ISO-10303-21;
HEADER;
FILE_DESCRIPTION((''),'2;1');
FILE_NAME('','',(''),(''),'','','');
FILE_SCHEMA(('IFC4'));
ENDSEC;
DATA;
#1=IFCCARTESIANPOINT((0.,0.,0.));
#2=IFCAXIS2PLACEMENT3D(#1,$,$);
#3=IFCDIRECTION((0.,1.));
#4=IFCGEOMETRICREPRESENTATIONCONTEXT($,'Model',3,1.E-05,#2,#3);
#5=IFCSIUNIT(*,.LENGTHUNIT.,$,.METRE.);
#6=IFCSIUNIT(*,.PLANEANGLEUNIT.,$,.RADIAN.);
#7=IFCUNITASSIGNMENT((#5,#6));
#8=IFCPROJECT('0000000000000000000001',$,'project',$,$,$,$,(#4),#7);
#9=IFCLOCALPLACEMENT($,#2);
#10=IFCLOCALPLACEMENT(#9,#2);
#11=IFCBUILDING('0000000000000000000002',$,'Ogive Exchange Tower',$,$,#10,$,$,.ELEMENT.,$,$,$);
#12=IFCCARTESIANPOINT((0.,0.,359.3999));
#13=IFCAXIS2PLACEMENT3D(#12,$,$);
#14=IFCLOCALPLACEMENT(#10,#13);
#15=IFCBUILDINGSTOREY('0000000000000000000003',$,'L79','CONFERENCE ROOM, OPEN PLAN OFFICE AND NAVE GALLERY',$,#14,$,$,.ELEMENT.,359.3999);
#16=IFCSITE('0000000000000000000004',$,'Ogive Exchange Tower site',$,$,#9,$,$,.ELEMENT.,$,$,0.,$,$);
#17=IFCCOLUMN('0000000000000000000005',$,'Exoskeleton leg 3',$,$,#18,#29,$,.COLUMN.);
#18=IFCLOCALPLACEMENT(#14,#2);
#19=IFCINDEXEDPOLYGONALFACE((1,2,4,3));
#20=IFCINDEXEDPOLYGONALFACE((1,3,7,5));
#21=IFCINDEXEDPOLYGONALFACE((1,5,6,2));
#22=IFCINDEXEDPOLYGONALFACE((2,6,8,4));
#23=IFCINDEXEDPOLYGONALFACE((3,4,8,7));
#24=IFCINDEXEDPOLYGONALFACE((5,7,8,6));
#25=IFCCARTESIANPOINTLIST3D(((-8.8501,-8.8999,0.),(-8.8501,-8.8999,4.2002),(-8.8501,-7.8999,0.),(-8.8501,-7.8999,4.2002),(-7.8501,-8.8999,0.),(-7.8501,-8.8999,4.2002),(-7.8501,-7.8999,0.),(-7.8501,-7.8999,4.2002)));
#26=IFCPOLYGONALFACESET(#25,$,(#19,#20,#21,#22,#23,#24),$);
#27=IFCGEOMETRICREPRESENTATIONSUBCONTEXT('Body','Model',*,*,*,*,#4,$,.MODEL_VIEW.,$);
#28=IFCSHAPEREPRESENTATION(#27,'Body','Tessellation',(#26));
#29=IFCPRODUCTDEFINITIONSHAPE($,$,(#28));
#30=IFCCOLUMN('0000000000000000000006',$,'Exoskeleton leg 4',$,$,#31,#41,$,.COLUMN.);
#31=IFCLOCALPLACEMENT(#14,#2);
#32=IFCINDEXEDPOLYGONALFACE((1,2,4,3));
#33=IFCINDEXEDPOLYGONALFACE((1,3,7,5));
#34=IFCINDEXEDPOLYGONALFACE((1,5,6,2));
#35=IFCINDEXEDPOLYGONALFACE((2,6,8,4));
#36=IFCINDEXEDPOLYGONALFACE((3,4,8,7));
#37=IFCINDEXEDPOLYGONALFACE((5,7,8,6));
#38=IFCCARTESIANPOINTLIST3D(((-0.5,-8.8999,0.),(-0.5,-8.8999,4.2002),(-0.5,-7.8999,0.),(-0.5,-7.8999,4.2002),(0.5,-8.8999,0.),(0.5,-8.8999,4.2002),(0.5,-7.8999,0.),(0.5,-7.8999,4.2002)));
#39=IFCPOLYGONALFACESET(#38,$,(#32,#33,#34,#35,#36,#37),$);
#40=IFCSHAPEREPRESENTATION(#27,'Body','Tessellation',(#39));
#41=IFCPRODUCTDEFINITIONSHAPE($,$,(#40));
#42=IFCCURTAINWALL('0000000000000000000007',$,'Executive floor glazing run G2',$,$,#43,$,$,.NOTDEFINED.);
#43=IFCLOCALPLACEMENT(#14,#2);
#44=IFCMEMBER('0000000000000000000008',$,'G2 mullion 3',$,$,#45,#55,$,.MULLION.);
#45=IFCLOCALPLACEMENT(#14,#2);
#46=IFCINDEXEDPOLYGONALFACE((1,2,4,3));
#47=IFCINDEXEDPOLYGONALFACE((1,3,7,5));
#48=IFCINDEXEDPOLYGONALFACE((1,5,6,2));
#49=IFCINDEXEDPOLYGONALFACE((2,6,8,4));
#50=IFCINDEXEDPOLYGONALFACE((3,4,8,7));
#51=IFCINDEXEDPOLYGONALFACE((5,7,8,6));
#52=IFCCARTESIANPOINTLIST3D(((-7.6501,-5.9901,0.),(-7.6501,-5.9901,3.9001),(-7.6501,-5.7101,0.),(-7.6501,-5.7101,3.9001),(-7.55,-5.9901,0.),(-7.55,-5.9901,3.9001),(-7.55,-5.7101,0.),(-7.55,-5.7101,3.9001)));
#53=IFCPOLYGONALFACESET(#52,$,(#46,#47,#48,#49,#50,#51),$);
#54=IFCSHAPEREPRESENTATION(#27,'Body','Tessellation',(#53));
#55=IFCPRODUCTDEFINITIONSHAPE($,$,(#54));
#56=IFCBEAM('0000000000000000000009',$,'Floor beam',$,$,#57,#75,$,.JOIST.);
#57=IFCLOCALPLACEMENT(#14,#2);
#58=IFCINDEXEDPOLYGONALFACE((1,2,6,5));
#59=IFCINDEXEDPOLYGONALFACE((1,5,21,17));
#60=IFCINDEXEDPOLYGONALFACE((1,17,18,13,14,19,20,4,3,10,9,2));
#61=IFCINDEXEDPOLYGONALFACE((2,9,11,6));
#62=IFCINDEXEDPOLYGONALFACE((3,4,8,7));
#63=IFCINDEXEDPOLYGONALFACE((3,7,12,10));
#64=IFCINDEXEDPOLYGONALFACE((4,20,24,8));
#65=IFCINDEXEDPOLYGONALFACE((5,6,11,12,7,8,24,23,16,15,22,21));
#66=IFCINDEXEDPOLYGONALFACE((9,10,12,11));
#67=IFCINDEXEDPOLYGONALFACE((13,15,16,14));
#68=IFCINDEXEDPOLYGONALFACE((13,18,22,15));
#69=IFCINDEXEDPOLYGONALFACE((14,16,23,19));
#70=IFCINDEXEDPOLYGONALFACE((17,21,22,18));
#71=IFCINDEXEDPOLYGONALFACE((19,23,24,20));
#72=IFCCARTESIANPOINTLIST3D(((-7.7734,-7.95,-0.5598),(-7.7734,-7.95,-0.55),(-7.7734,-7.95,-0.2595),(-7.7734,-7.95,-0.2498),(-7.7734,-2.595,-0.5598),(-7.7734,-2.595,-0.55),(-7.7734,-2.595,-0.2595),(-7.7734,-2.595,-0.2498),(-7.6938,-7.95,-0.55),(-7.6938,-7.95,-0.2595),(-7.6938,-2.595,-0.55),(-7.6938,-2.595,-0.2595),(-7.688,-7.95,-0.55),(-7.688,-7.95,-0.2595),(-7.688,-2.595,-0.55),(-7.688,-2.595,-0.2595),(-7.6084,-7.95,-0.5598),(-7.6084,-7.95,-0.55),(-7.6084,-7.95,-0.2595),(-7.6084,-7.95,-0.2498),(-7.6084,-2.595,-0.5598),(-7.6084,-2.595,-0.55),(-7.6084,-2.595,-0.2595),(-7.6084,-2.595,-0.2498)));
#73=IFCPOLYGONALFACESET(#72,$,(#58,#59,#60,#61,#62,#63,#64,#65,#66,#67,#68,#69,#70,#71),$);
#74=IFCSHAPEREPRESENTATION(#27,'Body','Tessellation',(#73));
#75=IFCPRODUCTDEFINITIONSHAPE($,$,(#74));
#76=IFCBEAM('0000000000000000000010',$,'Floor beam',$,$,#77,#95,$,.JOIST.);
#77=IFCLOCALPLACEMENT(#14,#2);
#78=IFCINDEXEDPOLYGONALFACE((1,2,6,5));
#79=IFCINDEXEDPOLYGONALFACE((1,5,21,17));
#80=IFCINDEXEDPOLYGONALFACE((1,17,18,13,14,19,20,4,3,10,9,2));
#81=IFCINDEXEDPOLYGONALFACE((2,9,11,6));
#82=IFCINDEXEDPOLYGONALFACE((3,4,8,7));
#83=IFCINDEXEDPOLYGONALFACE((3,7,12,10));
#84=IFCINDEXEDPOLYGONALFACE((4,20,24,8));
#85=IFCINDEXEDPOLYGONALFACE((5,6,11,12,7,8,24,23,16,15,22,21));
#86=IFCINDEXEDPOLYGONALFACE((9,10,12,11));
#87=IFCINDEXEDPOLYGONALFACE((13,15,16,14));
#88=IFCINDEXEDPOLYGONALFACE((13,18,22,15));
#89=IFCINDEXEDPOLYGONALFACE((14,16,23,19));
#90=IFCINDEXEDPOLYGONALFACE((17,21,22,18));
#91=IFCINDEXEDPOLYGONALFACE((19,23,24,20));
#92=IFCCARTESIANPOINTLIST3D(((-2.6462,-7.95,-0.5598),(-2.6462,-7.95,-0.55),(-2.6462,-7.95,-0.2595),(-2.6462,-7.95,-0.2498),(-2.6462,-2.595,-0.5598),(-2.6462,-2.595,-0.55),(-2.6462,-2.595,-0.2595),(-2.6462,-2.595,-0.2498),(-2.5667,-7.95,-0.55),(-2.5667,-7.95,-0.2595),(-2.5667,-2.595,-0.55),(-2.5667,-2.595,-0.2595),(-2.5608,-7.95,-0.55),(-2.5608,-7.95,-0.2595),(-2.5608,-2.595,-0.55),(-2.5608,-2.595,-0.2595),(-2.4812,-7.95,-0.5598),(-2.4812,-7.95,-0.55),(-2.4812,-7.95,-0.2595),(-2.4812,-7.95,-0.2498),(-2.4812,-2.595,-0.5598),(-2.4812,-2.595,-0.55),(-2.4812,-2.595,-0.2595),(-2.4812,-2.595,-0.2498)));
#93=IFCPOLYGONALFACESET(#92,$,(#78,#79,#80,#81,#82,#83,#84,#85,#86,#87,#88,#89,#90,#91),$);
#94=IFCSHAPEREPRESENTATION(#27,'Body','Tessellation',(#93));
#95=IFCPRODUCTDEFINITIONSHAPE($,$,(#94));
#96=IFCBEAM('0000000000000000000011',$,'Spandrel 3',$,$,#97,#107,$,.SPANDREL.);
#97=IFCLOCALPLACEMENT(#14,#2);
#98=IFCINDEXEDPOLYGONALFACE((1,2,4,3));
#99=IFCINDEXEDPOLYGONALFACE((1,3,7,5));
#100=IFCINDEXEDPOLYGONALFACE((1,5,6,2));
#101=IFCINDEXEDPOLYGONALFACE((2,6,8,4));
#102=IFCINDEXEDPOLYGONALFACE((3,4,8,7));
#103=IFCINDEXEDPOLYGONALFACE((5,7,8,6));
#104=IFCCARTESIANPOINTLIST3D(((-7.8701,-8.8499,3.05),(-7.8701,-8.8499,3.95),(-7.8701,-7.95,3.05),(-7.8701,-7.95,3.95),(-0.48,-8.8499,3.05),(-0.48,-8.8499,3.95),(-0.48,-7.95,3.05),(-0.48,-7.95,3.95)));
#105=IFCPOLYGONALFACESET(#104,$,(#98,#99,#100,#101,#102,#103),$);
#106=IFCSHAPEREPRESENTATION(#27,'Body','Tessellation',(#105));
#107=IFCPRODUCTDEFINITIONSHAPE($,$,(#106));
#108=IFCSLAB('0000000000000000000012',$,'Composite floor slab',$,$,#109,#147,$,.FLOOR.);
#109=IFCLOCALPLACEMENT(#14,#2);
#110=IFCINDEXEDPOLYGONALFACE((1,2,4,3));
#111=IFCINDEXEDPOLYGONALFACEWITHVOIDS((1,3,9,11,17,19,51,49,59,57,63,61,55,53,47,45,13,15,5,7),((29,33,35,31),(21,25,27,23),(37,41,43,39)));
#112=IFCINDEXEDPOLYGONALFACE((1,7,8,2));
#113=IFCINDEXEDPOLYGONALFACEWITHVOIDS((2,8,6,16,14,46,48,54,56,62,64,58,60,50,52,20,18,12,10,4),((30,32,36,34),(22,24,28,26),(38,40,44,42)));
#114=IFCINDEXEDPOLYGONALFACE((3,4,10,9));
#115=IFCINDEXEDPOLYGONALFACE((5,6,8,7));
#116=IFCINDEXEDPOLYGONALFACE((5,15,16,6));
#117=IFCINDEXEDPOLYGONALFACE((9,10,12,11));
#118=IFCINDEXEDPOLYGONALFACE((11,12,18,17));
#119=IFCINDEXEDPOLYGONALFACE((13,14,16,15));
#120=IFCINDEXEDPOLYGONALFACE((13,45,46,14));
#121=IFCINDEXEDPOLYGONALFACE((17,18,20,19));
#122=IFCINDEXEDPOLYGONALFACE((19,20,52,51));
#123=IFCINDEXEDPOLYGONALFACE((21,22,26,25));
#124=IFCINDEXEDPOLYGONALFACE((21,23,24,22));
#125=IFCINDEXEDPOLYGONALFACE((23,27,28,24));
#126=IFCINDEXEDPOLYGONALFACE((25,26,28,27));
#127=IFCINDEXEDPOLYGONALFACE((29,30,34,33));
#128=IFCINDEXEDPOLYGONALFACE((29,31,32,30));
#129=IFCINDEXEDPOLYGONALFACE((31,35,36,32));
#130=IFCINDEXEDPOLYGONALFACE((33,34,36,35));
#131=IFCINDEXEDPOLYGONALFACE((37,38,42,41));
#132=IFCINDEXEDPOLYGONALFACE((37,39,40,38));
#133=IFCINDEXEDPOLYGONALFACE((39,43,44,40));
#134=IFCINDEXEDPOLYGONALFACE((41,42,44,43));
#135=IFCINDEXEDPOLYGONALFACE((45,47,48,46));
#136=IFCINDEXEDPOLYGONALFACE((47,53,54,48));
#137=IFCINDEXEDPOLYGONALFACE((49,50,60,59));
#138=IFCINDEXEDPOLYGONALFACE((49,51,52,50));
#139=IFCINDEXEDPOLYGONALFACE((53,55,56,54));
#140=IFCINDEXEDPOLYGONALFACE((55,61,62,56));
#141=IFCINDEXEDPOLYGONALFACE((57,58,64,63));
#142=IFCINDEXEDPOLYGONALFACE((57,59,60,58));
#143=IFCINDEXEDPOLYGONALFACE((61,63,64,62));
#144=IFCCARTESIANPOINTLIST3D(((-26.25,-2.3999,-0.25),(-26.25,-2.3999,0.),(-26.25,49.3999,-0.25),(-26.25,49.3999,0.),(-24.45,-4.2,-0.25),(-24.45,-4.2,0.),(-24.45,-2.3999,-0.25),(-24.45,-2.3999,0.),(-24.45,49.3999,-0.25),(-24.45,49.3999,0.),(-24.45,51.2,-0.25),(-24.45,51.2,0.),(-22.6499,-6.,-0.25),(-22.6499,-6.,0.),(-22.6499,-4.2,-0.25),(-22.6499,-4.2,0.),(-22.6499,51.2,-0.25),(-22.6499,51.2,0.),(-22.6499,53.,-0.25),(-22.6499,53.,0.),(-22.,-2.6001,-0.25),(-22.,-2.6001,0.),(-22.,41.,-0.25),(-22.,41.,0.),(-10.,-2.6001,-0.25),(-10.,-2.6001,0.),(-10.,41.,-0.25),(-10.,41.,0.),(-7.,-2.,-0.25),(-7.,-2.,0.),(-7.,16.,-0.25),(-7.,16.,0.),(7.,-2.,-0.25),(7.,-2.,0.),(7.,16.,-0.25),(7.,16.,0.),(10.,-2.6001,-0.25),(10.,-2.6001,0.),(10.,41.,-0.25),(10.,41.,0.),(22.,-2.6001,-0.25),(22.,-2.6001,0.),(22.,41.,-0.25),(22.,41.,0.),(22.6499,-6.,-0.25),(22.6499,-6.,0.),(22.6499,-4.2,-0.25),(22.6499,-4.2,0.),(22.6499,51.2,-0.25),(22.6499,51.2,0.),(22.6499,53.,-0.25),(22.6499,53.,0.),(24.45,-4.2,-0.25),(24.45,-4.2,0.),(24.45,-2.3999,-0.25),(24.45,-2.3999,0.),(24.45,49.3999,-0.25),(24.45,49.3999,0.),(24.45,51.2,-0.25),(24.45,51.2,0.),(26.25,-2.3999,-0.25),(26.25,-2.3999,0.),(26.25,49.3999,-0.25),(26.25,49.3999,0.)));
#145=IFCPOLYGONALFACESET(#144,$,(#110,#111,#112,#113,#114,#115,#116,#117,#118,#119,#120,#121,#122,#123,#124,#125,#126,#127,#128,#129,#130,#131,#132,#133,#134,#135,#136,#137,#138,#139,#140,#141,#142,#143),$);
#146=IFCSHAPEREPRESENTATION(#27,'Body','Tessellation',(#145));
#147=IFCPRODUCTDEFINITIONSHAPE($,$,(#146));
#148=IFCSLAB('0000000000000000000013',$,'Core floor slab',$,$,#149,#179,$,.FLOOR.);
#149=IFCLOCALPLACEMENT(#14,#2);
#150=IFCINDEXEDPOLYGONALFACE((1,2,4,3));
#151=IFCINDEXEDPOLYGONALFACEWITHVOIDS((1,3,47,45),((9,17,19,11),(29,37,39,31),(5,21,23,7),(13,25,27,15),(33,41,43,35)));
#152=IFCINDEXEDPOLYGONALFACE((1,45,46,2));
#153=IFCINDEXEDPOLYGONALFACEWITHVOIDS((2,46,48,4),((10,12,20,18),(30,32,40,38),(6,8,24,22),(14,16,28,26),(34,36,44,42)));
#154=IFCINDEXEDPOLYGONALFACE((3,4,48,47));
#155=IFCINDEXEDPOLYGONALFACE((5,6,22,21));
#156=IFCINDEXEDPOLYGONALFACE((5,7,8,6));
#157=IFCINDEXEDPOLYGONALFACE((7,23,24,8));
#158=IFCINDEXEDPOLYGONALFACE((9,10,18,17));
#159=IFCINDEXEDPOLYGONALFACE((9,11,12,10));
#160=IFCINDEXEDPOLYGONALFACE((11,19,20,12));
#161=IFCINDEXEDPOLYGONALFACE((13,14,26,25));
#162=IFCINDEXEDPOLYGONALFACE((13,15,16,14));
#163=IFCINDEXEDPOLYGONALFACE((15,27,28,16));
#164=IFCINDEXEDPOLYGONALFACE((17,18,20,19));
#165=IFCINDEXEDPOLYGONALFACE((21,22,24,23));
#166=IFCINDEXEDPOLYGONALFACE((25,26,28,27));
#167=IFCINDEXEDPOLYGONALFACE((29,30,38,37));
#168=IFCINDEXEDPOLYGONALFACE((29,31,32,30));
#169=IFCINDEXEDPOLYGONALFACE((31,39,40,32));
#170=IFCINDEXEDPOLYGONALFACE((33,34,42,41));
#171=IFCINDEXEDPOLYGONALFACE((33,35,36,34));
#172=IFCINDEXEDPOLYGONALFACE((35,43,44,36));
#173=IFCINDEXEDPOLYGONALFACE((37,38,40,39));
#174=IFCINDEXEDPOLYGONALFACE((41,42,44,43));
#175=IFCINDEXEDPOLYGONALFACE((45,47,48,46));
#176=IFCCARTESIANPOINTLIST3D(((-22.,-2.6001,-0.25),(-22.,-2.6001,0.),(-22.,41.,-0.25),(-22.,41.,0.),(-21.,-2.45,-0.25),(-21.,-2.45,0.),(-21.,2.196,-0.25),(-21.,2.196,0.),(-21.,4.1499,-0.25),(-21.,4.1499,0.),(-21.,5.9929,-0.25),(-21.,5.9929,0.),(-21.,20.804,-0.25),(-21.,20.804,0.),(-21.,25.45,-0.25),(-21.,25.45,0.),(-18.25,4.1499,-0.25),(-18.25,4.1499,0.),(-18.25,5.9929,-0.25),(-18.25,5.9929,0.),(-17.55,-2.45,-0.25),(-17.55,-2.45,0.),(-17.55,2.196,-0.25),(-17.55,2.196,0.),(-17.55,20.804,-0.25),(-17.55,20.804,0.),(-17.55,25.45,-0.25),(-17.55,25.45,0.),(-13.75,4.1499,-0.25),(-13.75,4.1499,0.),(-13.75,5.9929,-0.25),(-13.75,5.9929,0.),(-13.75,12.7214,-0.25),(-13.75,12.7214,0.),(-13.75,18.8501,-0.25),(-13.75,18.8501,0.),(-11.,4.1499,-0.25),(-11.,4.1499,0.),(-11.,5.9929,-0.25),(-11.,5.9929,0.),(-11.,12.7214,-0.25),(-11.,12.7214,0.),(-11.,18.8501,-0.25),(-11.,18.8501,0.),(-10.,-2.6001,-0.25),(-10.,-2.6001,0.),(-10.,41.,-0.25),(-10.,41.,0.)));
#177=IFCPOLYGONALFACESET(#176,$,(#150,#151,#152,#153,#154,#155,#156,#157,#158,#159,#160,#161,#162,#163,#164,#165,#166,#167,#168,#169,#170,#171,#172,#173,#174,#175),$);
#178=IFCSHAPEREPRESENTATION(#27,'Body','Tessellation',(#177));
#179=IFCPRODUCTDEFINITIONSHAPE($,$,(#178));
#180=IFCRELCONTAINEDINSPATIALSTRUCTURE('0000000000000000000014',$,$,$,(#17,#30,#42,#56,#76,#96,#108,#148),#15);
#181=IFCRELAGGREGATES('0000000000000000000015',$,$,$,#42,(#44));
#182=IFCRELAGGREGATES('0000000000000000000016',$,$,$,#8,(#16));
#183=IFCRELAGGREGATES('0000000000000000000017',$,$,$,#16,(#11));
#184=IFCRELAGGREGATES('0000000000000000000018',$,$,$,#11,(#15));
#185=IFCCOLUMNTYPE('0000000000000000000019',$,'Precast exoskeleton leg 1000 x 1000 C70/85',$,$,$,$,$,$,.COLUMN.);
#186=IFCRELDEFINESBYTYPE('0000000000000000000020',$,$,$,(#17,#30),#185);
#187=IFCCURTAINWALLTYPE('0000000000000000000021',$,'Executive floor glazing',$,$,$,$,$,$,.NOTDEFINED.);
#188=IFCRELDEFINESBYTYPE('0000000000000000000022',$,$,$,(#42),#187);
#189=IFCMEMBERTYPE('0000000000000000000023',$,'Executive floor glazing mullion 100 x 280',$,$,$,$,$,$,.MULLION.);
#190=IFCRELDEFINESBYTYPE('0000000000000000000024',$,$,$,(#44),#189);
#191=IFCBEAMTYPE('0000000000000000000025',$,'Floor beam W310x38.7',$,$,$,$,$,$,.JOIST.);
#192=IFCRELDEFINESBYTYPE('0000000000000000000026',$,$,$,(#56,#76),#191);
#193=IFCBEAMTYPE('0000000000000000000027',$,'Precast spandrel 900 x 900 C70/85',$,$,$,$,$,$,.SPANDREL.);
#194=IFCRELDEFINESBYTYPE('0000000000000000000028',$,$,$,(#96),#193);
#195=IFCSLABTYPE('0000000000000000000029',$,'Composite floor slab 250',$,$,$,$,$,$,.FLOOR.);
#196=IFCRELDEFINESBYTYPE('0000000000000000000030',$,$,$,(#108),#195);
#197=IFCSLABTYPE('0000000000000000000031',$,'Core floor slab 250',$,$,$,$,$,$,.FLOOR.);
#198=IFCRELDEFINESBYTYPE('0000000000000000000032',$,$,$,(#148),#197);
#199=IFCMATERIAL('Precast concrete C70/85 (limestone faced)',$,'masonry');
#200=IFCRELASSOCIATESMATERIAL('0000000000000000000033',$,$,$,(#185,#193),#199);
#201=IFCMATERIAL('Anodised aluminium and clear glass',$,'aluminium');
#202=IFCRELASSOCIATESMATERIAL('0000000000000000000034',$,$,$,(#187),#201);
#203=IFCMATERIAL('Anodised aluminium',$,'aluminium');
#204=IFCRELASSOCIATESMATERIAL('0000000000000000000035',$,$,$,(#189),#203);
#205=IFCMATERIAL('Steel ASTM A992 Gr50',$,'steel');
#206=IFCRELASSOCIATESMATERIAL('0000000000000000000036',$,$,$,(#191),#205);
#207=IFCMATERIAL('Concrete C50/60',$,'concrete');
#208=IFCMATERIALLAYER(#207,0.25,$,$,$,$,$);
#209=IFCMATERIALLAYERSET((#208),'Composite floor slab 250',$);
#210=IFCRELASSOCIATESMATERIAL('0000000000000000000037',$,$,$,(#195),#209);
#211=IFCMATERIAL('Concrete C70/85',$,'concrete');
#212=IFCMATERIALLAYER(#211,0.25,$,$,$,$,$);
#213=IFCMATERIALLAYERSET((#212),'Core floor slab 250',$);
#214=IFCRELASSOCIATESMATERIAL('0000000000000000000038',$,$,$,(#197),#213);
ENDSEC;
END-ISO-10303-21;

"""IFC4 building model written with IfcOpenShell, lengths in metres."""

from ifc_helpers import new_model, si_unit, direction, frame, origin, origin_2d, place, context, subcontext, project, spatial, polyline, rectangle, i_section, outline, extrude, material, layer, layer_set, material_profile, profile_set, type_object, element, aggregate, save


model = new_model("IFC4")

# Units and contexts
model_context = context("Model", 3, precision=1e-05, world=origin(), true_north=direction((0.0, 1.0)))
body_context = subcontext(model_context, "Body", "Model", "MODEL_VIEW")
ifc_project = project(units=[si_unit("LENGTHUNIT", "METRE"), si_unit("PLANEANGLEUNIT", "RADIAN")], contexts=[model_context])

# Site, building, storey
site_placement = place(None, origin())
site = spatial("IfcSite", under=ifc_project, at=site_placement, Name="Ogive Exchange Tower site", CompositionType="ELEMENT", RefElevation=0.0)
building_placement = place(site_placement, origin())
building = spatial("IfcBuilding", under=site, at=building_placement, Name="Ogive Exchange Tower", CompositionType="ELEMENT")
storey_placement = place(building_placement, frame((0.0, 0.0, 359.3999)))
storey = spatial("IfcBuildingStorey", under=building, at=storey_placement, Name="L79", Description="CONFERENCE ROOM, OPEN PLAN OFFICE AND NAVE GALLERY", CompositionType="ELEMENT", Elevation=359.3999)

# Columns
ifc_material_1 = material(Name="Precast concrete C70/85 (limestone faced)", Category="masonry")
ifc_material_profile_1 = material_profile(ifc_material_1, rectangle(XDim=1.0, YDim=1.0, at=origin_2d()), Name="1000 x 1000")
ifc_profile_set_1 = profile_set([ifc_material_profile_1], Name="Precast concrete C70/85 (limestone faced)")
column_type = type_object("IfcColumnType", Name="Precast exoskeleton leg 1000 x 1000 C70/85", PredefinedType="COLUMN", material=ifc_profile_set_1)
for number, where, z_axis, x_axis, name in (
    (1, (-8.3501, -8.3999, 0.0), (0.0, 0.0, 1.0), (1.0, 0.0, 0.0), "Exoskeleton leg 3"),
    (2, (0.0, -8.3999, 0.0), (0.0, 0.0, 1.0), (1.0, 0.0, 0.0), "Exoskeleton leg 4"),
):
    element("IfcColumn", number, at=place(storey_placement, frame(where, z_axis=z_axis, x_axis=x_axis)), inside=storey, type_object=column_type, Name=name, PredefinedType="COLUMN", context=body_context, shape_type="SweptSolid", body=[
        extrude(rectangle(XDim=1.0, YDim=1.0, at=origin_2d()), origin(), (0.0, 0.0, 1.0), 4.2002),
    ])

# Curtain wall, member
ifc_material_2 = material(Name="Anodised aluminium and clear glass", Category="aluminium")
curtain_wall_type = type_object("IfcCurtainWallType", Name="Executive floor glazing", PredefinedType="NOTDEFINED", material=ifc_material_2)
curtain_wall_placement = place(storey_placement, origin())
curtain_wall = element("IfcCurtainWall", 3, at=curtain_wall_placement, inside=storey, type_object=curtain_wall_type, Name="Executive floor glazing run G2", PredefinedType="NOTDEFINED")
ifc_material_3 = material(Name="Anodised aluminium", Category="aluminium")
ifc_material_profile_2 = material_profile(ifc_material_3, rectangle(XDim=0.28, YDim=0.1001, at=origin_2d()), Name="AL 100x280")
ifc_profile_set_2 = profile_set([ifc_material_profile_2], Name="Anodised aluminium")
member_type = type_object("IfcMemberType", Name="Executive floor glazing mullion 100 x 280", PredefinedType="MULLION", material=ifc_profile_set_2)
member_placement = place(storey_placement, frame((-7.6001, -5.8501, 0.0), z_axis=(0.0, 0.0, 1.0), x_axis=(0.0, 1.0, 0.0)))
member = element("IfcMember", 4, at=member_placement, type_object=member_type, Name="G2 mullion 3", PredefinedType="MULLION", context=body_context, shape_type="SweptSolid", body=[
    extrude(rectangle(XDim=0.28, YDim=0.1001, at=origin_2d()), origin(), (0.0, 0.0, 1.0), 3.9001),
])

# Beams
ifc_material_4 = material(Name="Steel ASTM A992 Gr50", Category="steel")
ifc_material_profile_3 = material_profile(ifc_material_4, i_section(OverallWidth=0.165, OverallDepth=0.3101, WebThickness=0.0059, FlangeThickness=0.0098, at=origin_2d()), Name="W310x38.7")
ifc_profile_set_3 = profile_set([ifc_material_profile_3], Name="Steel ASTM A992 Gr50")
beam_type_1 = type_object("IfcBeamType", Name="Floor beam W310x38.7", PredefinedType="JOIST", material=ifc_profile_set_3)
for number, where, z_axis, x_axis, name in (
    (5, (-7.6909, -7.95, -0.4048), (0.0, 1.0, 0.0), (-1.0, 0.0, 0.0), "Floor beam"),
    (6, (-2.5637, -7.95, -0.4048), (0.0, 1.0, 0.0), (-1.0, 0.0, 0.0), "Floor beam"),
):
    element("IfcBeam", number, at=place(storey_placement, frame(where, z_axis=z_axis, x_axis=x_axis)), inside=storey, type_object=beam_type_1, Name=name, PredefinedType="JOIST", context=body_context, shape_type="SweptSolid", body=[
        extrude(i_section(OverallWidth=0.165, OverallDepth=0.3101, WebThickness=0.0059, FlangeThickness=0.0098, at=origin_2d()), origin(), (0.0, 0.0, 1.0), 5.355),
    ])
ifc_material_profile_4 = material_profile(ifc_material_1, rectangle(XDim=0.8999, YDim=0.8999, at=origin_2d()), Name="900 x 900")
ifc_profile_set_4 = profile_set([ifc_material_profile_4], Name="Precast concrete C70/85 (limestone faced)")
beam_type_2 = type_object("IfcBeamType", Name="Precast spandrel 900 x 900 C70/85", PredefinedType="SPANDREL", material=ifc_profile_set_4)
beam_placement = place(storey_placement, frame((-7.8701, -8.3999, 3.5), z_axis=(1.0, 0.0, 0.0), x_axis=(0.0, 1.0, 0.0)))
element("IfcBeam", 7, at=beam_placement, inside=storey, type_object=beam_type_2, Name="Spandrel 3", PredefinedType="SPANDREL", context=body_context, shape_type="SweptSolid", body=[
    extrude(rectangle(XDim=0.8999, YDim=0.8999, at=origin_2d()), origin(), (0.0, 0.0, 1.0), 7.3901),
])

# Slabs
ifc_material_5 = material(Name="Concrete C50/60", Category="concrete")
ifc_layer_1 = layer(ifc_material_5, 0.25)
ifc_layer_set_1 = layer_set([ifc_layer_1], Name="Composite floor slab 250")
slab_type_1 = type_object("IfcSlabType", Name="Composite floor slab 250", PredefinedType="FLOOR", material=ifc_layer_set_1)
slab_1_placement = place(storey_placement, frame((0.0, 0.0, -0.25)))
element("IfcSlab", 8, at=slab_1_placement, inside=storey, type_object=slab_type_1, Name="Composite floor slab", PredefinedType="FLOOR", context=body_context, shape_type="SweptSolid", body=[
    extrude(outline(polyline([(-22.6499, -4.2), (-24.45, -4.2), (-24.45, -2.3999), (-26.25, -2.3999), (-26.25, 49.3999), (-24.45, 49.3999), (-24.45, 51.2), (-22.6499, 51.2), (-22.6499, 53.0), (22.6499, 53.0), (22.6499, 51.2), (24.45, 51.2), (24.45, 49.3999), (26.25, 49.3999), (26.25, -2.3999), (24.45, -2.3999), (24.45, -4.2), (22.6499, -4.2), (22.6499, -6.0), (-22.6499, -6.0), (-22.6499, -4.2)]), holes=[polyline([(7.0, -2.0), (7.0, 16.0), (-7.0, 16.0), (-7.0, -2.0), (7.0, -2.0)]), polyline([(-22.0, -2.6001), (-10.0, -2.6001), (-10.0, 41.0), (-22.0, 41.0), (-22.0, -2.6001)]), polyline([(10.0, -2.6001), (22.0, -2.6001), (22.0, 41.0), (10.0, 41.0), (10.0, -2.6001)])]), origin(), (0.0, 0.0, 1.0), 0.25),
])
ifc_material_6 = material(Name="Concrete C70/85", Category="concrete")
ifc_layer_2 = layer(ifc_material_6, 0.25)
ifc_layer_set_2 = layer_set([ifc_layer_2], Name="Core floor slab 250")
slab_type_2 = type_object("IfcSlabType", Name="Core floor slab 250", PredefinedType="FLOOR", material=ifc_layer_set_2)
slab_2_placement = place(storey_placement, frame((0.0, 0.0, -0.25)))
element("IfcSlab", 9, at=slab_2_placement, inside=storey, type_object=slab_type_2, Name="Core floor slab", PredefinedType="FLOOR", context=body_context, shape_type="SweptSolid", body=[
    extrude(outline(polyline([(-22.0, -2.6001), (-22.0, 41.0), (-10.0, 41.0), (-10.0, -2.6001), (-22.0, -2.6001)]), holes=[polyline([(-17.55, 2.196), (-21.0, 2.196), (-21.0, -2.45), (-17.55, -2.45), (-17.55, 2.196)]), polyline([(-21.0, 5.9929), (-21.0, 4.1499), (-18.25, 4.1499), (-18.25, 5.9929), (-21.0, 5.9929)]), polyline([(-13.75, 5.9929), (-13.75, 4.1499), (-11.0, 4.1499), (-11.0, 5.9929), (-13.75, 5.9929)]), polyline([(-11.0, 18.8501), (-13.75, 18.8501), (-13.75, 12.7214), (-11.0, 12.7214), (-11.0, 18.8501)]), polyline([(-21.0, 25.45), (-21.0, 20.804), (-17.55, 20.804), (-17.55, 25.45), (-21.0, 25.45)])]), origin(), (0.0, 0.0, 1.0), 0.25),
])

aggregate(curtain_wall, [member])

save(model, "model.ifc")
